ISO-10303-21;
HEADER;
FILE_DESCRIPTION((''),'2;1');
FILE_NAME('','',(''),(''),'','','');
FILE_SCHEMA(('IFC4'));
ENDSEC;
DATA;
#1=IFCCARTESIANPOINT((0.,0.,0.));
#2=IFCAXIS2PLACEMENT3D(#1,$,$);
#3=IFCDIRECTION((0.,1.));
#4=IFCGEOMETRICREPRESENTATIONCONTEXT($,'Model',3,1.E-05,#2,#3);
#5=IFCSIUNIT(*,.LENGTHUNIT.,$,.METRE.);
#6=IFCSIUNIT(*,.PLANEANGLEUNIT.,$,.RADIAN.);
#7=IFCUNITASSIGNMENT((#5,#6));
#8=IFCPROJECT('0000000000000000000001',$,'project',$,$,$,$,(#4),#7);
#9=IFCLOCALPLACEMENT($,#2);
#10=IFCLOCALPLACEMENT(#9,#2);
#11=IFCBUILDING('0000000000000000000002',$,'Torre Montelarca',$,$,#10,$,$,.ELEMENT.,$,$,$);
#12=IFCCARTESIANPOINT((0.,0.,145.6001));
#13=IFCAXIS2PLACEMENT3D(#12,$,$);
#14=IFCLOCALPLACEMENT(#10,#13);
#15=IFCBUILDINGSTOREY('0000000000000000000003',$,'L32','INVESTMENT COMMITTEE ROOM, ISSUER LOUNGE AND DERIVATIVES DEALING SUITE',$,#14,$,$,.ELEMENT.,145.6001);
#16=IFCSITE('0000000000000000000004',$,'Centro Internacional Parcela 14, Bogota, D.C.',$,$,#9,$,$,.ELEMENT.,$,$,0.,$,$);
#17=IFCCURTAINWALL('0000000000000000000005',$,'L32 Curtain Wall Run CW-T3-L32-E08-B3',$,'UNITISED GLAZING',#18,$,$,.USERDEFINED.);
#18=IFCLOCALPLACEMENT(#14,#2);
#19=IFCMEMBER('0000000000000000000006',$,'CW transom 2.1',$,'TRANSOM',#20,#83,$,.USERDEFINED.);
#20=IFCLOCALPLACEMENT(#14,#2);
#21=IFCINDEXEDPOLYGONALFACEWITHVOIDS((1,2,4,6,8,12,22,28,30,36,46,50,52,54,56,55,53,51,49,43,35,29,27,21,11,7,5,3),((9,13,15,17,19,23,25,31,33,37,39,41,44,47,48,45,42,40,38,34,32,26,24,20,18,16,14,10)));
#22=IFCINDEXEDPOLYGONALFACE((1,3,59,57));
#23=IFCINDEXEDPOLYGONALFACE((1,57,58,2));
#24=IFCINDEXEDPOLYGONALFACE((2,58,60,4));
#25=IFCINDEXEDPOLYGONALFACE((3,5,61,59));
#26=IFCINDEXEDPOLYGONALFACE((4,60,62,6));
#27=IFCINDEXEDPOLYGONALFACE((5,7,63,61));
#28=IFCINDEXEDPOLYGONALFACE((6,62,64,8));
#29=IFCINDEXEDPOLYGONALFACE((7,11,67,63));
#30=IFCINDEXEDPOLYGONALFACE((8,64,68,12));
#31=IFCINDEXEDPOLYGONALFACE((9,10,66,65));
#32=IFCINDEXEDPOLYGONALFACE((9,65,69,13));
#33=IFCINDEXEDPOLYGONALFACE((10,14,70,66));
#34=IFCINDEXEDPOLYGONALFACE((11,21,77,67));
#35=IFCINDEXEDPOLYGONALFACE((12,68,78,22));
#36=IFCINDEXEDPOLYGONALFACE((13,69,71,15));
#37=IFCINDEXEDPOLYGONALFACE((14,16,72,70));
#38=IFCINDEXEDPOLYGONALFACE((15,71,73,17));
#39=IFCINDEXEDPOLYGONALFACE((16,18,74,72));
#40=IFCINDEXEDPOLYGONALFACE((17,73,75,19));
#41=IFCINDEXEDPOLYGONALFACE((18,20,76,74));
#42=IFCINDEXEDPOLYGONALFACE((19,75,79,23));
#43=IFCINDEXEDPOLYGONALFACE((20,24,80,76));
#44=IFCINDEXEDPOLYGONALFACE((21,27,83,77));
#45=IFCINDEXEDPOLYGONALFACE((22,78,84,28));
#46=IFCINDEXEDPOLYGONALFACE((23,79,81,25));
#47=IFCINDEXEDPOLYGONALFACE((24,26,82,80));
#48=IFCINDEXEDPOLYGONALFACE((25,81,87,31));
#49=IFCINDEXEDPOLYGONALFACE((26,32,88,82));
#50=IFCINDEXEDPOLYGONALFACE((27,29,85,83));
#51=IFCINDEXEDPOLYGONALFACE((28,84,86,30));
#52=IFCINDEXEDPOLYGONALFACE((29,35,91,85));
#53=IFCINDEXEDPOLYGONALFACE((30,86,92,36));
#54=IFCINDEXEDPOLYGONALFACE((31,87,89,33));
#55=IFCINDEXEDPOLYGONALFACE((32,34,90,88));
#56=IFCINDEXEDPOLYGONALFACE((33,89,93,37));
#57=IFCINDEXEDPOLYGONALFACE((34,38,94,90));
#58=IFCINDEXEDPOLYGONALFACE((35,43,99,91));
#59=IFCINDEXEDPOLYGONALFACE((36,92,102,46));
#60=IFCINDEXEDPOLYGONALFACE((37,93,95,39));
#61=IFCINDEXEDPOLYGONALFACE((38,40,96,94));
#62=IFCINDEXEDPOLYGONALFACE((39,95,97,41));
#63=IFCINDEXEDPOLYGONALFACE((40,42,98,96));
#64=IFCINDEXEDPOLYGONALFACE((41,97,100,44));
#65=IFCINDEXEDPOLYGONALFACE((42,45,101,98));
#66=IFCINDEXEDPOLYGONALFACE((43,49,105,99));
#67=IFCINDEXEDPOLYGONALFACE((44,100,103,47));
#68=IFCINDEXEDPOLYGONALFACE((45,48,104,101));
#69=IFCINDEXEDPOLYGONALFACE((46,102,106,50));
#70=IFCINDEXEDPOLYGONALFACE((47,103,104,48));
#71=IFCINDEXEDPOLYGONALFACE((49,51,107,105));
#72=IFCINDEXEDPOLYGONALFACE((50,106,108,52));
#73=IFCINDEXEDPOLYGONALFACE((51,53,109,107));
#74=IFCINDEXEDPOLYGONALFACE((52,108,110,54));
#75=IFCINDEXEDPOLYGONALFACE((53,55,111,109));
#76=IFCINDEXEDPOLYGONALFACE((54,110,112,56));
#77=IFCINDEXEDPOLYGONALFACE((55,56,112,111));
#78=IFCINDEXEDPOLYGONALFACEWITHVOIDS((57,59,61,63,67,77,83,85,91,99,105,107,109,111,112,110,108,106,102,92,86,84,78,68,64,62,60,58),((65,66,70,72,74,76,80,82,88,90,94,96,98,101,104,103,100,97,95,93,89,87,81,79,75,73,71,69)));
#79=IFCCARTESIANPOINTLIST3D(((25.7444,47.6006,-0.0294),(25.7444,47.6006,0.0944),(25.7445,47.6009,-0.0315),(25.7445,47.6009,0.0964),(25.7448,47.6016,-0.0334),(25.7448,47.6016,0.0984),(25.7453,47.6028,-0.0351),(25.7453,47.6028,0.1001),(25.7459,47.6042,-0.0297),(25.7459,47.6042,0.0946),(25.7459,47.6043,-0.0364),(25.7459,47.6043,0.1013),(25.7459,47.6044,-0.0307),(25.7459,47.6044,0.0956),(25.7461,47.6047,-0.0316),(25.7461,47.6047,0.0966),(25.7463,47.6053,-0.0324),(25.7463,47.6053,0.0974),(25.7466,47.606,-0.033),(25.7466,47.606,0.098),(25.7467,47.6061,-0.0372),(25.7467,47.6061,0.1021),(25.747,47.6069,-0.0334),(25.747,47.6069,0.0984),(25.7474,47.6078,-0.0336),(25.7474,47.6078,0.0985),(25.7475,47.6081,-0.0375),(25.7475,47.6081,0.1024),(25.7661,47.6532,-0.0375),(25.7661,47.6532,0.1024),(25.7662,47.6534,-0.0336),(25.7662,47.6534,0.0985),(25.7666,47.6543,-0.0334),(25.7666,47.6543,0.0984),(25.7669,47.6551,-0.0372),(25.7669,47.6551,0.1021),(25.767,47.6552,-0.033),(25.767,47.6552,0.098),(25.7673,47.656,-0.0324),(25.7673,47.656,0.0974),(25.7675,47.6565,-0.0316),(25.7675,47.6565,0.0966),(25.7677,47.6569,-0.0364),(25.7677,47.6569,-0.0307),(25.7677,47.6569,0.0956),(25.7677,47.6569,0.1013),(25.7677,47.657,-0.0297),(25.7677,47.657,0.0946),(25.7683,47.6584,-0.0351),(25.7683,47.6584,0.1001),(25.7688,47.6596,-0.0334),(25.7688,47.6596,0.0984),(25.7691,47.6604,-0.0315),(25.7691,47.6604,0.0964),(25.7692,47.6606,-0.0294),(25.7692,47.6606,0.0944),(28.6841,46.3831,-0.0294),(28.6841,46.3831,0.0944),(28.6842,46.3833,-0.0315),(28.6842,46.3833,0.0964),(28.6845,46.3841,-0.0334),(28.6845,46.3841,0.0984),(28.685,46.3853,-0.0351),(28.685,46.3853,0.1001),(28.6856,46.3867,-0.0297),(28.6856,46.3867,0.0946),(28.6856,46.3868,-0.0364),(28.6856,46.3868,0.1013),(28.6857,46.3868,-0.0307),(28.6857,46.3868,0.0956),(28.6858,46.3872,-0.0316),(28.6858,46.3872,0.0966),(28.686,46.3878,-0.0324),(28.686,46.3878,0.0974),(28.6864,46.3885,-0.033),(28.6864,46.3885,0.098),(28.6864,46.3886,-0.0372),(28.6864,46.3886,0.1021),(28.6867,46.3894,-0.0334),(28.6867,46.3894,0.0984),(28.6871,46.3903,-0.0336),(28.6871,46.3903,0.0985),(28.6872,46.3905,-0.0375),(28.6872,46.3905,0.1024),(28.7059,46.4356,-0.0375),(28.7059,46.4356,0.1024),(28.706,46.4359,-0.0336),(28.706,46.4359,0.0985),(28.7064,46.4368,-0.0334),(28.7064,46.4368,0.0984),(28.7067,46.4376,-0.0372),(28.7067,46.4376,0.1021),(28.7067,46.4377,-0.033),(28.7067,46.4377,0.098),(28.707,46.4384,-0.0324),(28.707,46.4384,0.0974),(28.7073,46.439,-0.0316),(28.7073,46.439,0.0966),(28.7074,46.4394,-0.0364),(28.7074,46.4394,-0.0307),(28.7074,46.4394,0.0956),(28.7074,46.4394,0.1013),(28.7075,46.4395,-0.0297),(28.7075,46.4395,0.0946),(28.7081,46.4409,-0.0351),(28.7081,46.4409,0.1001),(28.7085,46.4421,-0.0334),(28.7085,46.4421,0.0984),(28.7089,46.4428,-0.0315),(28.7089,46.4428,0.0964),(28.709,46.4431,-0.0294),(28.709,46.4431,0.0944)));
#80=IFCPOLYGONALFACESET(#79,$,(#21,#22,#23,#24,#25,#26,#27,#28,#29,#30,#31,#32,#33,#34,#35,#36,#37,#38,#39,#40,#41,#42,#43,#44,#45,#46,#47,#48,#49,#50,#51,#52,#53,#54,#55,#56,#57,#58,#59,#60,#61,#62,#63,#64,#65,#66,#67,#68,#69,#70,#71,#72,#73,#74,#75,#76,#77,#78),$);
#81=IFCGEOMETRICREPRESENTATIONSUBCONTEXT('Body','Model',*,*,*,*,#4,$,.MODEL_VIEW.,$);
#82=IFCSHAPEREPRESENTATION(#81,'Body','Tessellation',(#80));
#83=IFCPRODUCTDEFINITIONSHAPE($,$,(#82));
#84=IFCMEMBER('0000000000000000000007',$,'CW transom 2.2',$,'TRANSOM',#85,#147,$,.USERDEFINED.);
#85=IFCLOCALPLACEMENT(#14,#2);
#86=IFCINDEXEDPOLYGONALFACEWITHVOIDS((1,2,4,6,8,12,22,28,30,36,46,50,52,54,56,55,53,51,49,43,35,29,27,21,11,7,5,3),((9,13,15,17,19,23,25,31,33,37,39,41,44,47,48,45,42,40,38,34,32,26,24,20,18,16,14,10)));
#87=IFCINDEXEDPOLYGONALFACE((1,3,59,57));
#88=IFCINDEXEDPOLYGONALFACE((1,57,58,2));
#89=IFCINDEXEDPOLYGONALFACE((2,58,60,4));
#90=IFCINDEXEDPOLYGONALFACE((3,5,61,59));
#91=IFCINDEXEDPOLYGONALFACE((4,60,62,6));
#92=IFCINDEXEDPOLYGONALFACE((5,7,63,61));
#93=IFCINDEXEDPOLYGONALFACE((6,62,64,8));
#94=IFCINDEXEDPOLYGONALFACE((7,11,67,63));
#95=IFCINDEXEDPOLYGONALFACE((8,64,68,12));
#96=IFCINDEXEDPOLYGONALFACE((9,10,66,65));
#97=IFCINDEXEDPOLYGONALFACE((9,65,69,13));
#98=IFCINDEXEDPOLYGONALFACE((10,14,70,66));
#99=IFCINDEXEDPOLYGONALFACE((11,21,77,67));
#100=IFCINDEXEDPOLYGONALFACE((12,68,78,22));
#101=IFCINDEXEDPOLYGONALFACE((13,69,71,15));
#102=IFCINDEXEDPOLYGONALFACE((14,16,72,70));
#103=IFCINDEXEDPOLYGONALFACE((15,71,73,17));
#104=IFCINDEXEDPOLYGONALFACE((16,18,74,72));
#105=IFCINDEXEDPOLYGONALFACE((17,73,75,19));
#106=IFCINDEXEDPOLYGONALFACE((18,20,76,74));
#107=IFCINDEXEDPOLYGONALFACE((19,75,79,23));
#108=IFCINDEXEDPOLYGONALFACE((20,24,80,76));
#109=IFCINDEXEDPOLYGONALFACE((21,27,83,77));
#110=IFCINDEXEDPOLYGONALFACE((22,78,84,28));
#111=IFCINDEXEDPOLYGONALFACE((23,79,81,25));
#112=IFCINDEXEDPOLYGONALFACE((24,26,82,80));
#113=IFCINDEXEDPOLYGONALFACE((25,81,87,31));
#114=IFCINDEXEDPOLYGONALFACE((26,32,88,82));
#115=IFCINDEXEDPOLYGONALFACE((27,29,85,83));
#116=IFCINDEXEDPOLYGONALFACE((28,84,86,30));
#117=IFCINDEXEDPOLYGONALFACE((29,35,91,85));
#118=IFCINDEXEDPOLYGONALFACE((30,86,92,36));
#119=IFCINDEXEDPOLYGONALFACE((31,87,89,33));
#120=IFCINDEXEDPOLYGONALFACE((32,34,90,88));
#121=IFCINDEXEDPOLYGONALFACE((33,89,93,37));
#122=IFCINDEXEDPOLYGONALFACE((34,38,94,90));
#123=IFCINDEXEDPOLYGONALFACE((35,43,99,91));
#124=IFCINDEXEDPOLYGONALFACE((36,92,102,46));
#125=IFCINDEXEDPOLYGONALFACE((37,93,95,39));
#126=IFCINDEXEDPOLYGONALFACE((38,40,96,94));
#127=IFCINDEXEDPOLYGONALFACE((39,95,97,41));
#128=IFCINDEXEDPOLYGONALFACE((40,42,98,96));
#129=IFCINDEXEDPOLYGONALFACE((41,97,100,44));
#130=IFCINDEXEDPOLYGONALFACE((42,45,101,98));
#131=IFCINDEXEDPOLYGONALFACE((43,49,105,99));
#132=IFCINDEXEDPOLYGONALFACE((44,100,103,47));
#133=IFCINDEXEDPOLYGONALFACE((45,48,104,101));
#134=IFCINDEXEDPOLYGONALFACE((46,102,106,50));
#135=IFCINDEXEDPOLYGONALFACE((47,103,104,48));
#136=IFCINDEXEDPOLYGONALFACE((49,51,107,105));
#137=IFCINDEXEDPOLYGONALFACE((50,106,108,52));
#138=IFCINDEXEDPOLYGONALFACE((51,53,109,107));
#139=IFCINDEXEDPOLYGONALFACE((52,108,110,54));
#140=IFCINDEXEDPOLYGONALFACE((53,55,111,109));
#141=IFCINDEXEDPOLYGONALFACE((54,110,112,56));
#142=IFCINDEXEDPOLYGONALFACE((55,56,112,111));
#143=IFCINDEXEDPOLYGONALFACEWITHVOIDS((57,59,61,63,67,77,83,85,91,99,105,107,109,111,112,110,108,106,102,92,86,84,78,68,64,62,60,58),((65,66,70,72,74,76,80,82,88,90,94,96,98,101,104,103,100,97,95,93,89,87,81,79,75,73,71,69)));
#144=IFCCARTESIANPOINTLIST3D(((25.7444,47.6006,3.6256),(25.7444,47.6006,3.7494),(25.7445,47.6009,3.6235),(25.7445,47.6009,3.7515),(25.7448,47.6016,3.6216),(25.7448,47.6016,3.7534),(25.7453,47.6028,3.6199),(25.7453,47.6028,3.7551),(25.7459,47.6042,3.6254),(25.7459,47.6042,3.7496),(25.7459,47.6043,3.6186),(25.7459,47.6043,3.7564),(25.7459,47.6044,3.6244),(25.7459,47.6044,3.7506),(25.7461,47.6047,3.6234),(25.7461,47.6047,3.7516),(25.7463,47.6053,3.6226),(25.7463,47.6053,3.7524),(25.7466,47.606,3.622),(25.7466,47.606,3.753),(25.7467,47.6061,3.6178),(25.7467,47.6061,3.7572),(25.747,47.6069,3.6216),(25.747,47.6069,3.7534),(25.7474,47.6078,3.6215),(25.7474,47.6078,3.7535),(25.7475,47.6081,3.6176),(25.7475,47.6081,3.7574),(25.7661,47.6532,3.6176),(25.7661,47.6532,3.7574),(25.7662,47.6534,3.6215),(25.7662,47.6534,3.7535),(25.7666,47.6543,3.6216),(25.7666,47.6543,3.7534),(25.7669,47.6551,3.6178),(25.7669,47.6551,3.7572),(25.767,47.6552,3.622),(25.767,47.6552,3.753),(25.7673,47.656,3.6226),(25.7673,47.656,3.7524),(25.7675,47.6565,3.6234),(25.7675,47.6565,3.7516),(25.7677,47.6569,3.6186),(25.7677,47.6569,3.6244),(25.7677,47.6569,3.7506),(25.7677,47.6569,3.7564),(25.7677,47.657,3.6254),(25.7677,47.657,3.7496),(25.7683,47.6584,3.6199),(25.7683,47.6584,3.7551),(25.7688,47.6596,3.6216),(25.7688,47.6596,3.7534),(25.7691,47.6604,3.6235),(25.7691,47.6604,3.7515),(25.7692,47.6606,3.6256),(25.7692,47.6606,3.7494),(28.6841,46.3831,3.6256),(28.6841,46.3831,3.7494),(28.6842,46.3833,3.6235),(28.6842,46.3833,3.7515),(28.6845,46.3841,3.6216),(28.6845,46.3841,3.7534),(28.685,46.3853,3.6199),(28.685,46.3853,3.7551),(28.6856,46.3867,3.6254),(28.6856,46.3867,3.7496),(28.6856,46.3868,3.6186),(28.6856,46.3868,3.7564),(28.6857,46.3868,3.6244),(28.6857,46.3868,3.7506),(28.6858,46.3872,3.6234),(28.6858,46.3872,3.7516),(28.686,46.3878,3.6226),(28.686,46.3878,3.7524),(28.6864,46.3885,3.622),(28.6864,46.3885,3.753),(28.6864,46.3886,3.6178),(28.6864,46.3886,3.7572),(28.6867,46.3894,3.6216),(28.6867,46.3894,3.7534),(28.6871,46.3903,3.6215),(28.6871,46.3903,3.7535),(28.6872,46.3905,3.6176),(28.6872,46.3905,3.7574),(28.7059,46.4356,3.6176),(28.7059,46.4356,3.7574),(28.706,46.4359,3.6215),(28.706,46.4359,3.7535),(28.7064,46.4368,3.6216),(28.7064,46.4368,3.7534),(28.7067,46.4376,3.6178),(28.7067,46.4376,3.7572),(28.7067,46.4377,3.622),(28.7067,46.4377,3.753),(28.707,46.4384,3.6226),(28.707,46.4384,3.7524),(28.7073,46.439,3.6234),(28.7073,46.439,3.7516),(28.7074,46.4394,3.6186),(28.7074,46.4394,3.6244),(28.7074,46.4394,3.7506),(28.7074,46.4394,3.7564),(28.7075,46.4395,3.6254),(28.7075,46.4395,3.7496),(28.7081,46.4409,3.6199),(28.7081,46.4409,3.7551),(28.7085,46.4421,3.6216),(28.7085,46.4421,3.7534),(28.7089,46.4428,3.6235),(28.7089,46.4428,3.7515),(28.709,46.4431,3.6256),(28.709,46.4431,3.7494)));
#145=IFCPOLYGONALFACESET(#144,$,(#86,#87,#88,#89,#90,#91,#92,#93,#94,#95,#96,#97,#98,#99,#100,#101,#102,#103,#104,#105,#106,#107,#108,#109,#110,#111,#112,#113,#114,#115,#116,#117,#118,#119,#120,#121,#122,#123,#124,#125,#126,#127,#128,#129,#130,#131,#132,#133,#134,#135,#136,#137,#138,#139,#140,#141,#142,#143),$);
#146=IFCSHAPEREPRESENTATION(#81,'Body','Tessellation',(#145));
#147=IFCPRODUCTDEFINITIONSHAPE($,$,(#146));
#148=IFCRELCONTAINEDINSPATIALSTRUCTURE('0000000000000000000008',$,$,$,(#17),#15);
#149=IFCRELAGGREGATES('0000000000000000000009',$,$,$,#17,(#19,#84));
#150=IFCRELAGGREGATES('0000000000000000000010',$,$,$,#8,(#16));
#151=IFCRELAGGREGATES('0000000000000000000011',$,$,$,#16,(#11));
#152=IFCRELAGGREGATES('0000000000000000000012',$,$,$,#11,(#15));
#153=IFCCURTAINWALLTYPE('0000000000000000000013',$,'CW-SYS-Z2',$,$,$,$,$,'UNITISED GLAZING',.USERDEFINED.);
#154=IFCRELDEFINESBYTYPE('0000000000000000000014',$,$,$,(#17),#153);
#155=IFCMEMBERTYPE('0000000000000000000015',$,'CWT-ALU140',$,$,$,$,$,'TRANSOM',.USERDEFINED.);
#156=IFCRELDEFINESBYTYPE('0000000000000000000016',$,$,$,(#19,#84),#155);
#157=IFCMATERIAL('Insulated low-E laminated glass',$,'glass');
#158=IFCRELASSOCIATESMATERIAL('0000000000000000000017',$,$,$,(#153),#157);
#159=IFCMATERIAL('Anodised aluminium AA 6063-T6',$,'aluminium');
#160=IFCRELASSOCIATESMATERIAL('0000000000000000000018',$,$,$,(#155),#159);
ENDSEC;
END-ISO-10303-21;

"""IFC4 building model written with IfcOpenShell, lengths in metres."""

from ifc_helpers import new_model, si_unit, direction, frame, origin, origin_2d, place, context, subcontext, project, spatial, hollow_rectangle, extrude, source, transform, mapped, material, material_profile, profile_set, type_object, element, aggregate, save


model = new_model("IFC4")

# Units and contexts
model_context = context("Model", 3, precision=1e-05, world=origin(), true_north=direction((0.0, 1.0)))
body_context = subcontext(model_context, "Body", "Model", "MODEL_VIEW")
ifc_project = project(units=[si_unit("LENGTHUNIT", "METRE"), si_unit("PLANEANGLEUNIT", "RADIAN")], contexts=[model_context])

# Site, building, storey
site_placement = place(None, origin())
site = spatial("IfcSite", under=ifc_project, at=site_placement, Name="Centro Internacional Parcela 14, Bogota, D.C.", CompositionType="ELEMENT", RefElevation=0.0)
building_placement = place(site_placement, origin())
building = spatial("IfcBuilding", under=site, at=building_placement, Name="Torre Montelarca", CompositionType="ELEMENT")
storey_placement = place(building_placement, frame((0.0, 0.0, 145.6001)))
storey = spatial("IfcBuildingStorey", under=building, at=storey_placement, Name="L32", Description="INVESTMENT COMMITTEE ROOM, ISSUER LOUNGE AND DERIVATIVES DEALING SUITE", CompositionType="ELEMENT", Elevation=145.6001)

# Curtain wall
ifc_material_1 = material(Name="Insulated low-E laminated glass", Category="glass")
curtain_wall_type = type_object("IfcCurtainWallType", Name="CW-SYS-Z2", ElementType="UNITISED GLAZING", PredefinedType="USERDEFINED", material=ifc_material_1)
ifc_material_2 = material(Name="Anodised aluminium AA 6063-T6", Category="aluminium")
curtain_wall_1_placement = place(storey_placement, origin())
curtain_wall_1 = element("IfcCurtainWall", 1, at=curtain_wall_1_placement, inside=storey, type_object=curtain_wall_type, Name="L32 Curtain Wall Run CW-T3-L32-E08-B3", ObjectType="UNITISED GLAZING", PredefinedType="USERDEFINED")

# Members
ifc_material_profile_1 = material_profile(ifc_material_2, hollow_rectangle(XDim=0.0649, YDim=0.1399, WallThickness=0.0039, InnerFilletRadius=0.0039, OuterFilletRadius=0.0081, at=origin_2d()), Name="ALU65X140X4", Category="aluminium")
ifc_profile_set_1 = profile_set([ifc_material_profile_1], Name="Anodised aluminium AA 6063-T6")
member_type_1 = type_object("IfcMemberType", Name="CWT-ALU140", ElementType="TRANSOM", PredefinedType="USERDEFINED", material=ifc_profile_set_1)
shared_shape_1 = source(origin(), body_context, "Body", "SweptSolid", [
    extrude(hollow_rectangle(XDim=0.0649, YDim=0.1399, WallThickness=0.0039, InnerFilletRadius=0.0039, OuterFilletRadius=0.0081, at=origin_2d()), origin(), (0.0, 0.0, 1.0), 3.1819),
])
member_1_placement = place(storey_placement, frame((28.6965, 46.4131, 0.0325), z_axis=(-0.923894, 0.382648, 0.0), x_axis=(-0.382648, -0.923894, 0.0)))
member_1 = element("IfcMember", 2, at=member_1_placement, type_object=member_type_1, Name="CW transom 2.1", ObjectType="TRANSOM", PredefinedType="USERDEFINED", context=body_context, shape_type="MappedRepresentation", body=[
    mapped(shared_shape_1, transform((0.0, 0.0, 0.0), scale=1.0)),
])
member_2_placement = place(storey_placement, frame((28.6965, 46.4131, 3.6875), z_axis=(-0.923894, 0.382648, 0.0), x_axis=(-0.382648, -0.923894, 0.0)))
member_2 = element("IfcMember", 3, at=member_2_placement, type_object=member_type_1, Name="CW transom 2.2", ObjectType="TRANSOM", PredefinedType="USERDEFINED", context=body_context, shape_type="MappedRepresentation", body=[
    mapped(shared_shape_1, transform((0.0, 0.0, 0.0), scale=1.0)),
])

aggregate(curtain_wall_1, [member_1, member_2])

save(model, "model.ifc")
